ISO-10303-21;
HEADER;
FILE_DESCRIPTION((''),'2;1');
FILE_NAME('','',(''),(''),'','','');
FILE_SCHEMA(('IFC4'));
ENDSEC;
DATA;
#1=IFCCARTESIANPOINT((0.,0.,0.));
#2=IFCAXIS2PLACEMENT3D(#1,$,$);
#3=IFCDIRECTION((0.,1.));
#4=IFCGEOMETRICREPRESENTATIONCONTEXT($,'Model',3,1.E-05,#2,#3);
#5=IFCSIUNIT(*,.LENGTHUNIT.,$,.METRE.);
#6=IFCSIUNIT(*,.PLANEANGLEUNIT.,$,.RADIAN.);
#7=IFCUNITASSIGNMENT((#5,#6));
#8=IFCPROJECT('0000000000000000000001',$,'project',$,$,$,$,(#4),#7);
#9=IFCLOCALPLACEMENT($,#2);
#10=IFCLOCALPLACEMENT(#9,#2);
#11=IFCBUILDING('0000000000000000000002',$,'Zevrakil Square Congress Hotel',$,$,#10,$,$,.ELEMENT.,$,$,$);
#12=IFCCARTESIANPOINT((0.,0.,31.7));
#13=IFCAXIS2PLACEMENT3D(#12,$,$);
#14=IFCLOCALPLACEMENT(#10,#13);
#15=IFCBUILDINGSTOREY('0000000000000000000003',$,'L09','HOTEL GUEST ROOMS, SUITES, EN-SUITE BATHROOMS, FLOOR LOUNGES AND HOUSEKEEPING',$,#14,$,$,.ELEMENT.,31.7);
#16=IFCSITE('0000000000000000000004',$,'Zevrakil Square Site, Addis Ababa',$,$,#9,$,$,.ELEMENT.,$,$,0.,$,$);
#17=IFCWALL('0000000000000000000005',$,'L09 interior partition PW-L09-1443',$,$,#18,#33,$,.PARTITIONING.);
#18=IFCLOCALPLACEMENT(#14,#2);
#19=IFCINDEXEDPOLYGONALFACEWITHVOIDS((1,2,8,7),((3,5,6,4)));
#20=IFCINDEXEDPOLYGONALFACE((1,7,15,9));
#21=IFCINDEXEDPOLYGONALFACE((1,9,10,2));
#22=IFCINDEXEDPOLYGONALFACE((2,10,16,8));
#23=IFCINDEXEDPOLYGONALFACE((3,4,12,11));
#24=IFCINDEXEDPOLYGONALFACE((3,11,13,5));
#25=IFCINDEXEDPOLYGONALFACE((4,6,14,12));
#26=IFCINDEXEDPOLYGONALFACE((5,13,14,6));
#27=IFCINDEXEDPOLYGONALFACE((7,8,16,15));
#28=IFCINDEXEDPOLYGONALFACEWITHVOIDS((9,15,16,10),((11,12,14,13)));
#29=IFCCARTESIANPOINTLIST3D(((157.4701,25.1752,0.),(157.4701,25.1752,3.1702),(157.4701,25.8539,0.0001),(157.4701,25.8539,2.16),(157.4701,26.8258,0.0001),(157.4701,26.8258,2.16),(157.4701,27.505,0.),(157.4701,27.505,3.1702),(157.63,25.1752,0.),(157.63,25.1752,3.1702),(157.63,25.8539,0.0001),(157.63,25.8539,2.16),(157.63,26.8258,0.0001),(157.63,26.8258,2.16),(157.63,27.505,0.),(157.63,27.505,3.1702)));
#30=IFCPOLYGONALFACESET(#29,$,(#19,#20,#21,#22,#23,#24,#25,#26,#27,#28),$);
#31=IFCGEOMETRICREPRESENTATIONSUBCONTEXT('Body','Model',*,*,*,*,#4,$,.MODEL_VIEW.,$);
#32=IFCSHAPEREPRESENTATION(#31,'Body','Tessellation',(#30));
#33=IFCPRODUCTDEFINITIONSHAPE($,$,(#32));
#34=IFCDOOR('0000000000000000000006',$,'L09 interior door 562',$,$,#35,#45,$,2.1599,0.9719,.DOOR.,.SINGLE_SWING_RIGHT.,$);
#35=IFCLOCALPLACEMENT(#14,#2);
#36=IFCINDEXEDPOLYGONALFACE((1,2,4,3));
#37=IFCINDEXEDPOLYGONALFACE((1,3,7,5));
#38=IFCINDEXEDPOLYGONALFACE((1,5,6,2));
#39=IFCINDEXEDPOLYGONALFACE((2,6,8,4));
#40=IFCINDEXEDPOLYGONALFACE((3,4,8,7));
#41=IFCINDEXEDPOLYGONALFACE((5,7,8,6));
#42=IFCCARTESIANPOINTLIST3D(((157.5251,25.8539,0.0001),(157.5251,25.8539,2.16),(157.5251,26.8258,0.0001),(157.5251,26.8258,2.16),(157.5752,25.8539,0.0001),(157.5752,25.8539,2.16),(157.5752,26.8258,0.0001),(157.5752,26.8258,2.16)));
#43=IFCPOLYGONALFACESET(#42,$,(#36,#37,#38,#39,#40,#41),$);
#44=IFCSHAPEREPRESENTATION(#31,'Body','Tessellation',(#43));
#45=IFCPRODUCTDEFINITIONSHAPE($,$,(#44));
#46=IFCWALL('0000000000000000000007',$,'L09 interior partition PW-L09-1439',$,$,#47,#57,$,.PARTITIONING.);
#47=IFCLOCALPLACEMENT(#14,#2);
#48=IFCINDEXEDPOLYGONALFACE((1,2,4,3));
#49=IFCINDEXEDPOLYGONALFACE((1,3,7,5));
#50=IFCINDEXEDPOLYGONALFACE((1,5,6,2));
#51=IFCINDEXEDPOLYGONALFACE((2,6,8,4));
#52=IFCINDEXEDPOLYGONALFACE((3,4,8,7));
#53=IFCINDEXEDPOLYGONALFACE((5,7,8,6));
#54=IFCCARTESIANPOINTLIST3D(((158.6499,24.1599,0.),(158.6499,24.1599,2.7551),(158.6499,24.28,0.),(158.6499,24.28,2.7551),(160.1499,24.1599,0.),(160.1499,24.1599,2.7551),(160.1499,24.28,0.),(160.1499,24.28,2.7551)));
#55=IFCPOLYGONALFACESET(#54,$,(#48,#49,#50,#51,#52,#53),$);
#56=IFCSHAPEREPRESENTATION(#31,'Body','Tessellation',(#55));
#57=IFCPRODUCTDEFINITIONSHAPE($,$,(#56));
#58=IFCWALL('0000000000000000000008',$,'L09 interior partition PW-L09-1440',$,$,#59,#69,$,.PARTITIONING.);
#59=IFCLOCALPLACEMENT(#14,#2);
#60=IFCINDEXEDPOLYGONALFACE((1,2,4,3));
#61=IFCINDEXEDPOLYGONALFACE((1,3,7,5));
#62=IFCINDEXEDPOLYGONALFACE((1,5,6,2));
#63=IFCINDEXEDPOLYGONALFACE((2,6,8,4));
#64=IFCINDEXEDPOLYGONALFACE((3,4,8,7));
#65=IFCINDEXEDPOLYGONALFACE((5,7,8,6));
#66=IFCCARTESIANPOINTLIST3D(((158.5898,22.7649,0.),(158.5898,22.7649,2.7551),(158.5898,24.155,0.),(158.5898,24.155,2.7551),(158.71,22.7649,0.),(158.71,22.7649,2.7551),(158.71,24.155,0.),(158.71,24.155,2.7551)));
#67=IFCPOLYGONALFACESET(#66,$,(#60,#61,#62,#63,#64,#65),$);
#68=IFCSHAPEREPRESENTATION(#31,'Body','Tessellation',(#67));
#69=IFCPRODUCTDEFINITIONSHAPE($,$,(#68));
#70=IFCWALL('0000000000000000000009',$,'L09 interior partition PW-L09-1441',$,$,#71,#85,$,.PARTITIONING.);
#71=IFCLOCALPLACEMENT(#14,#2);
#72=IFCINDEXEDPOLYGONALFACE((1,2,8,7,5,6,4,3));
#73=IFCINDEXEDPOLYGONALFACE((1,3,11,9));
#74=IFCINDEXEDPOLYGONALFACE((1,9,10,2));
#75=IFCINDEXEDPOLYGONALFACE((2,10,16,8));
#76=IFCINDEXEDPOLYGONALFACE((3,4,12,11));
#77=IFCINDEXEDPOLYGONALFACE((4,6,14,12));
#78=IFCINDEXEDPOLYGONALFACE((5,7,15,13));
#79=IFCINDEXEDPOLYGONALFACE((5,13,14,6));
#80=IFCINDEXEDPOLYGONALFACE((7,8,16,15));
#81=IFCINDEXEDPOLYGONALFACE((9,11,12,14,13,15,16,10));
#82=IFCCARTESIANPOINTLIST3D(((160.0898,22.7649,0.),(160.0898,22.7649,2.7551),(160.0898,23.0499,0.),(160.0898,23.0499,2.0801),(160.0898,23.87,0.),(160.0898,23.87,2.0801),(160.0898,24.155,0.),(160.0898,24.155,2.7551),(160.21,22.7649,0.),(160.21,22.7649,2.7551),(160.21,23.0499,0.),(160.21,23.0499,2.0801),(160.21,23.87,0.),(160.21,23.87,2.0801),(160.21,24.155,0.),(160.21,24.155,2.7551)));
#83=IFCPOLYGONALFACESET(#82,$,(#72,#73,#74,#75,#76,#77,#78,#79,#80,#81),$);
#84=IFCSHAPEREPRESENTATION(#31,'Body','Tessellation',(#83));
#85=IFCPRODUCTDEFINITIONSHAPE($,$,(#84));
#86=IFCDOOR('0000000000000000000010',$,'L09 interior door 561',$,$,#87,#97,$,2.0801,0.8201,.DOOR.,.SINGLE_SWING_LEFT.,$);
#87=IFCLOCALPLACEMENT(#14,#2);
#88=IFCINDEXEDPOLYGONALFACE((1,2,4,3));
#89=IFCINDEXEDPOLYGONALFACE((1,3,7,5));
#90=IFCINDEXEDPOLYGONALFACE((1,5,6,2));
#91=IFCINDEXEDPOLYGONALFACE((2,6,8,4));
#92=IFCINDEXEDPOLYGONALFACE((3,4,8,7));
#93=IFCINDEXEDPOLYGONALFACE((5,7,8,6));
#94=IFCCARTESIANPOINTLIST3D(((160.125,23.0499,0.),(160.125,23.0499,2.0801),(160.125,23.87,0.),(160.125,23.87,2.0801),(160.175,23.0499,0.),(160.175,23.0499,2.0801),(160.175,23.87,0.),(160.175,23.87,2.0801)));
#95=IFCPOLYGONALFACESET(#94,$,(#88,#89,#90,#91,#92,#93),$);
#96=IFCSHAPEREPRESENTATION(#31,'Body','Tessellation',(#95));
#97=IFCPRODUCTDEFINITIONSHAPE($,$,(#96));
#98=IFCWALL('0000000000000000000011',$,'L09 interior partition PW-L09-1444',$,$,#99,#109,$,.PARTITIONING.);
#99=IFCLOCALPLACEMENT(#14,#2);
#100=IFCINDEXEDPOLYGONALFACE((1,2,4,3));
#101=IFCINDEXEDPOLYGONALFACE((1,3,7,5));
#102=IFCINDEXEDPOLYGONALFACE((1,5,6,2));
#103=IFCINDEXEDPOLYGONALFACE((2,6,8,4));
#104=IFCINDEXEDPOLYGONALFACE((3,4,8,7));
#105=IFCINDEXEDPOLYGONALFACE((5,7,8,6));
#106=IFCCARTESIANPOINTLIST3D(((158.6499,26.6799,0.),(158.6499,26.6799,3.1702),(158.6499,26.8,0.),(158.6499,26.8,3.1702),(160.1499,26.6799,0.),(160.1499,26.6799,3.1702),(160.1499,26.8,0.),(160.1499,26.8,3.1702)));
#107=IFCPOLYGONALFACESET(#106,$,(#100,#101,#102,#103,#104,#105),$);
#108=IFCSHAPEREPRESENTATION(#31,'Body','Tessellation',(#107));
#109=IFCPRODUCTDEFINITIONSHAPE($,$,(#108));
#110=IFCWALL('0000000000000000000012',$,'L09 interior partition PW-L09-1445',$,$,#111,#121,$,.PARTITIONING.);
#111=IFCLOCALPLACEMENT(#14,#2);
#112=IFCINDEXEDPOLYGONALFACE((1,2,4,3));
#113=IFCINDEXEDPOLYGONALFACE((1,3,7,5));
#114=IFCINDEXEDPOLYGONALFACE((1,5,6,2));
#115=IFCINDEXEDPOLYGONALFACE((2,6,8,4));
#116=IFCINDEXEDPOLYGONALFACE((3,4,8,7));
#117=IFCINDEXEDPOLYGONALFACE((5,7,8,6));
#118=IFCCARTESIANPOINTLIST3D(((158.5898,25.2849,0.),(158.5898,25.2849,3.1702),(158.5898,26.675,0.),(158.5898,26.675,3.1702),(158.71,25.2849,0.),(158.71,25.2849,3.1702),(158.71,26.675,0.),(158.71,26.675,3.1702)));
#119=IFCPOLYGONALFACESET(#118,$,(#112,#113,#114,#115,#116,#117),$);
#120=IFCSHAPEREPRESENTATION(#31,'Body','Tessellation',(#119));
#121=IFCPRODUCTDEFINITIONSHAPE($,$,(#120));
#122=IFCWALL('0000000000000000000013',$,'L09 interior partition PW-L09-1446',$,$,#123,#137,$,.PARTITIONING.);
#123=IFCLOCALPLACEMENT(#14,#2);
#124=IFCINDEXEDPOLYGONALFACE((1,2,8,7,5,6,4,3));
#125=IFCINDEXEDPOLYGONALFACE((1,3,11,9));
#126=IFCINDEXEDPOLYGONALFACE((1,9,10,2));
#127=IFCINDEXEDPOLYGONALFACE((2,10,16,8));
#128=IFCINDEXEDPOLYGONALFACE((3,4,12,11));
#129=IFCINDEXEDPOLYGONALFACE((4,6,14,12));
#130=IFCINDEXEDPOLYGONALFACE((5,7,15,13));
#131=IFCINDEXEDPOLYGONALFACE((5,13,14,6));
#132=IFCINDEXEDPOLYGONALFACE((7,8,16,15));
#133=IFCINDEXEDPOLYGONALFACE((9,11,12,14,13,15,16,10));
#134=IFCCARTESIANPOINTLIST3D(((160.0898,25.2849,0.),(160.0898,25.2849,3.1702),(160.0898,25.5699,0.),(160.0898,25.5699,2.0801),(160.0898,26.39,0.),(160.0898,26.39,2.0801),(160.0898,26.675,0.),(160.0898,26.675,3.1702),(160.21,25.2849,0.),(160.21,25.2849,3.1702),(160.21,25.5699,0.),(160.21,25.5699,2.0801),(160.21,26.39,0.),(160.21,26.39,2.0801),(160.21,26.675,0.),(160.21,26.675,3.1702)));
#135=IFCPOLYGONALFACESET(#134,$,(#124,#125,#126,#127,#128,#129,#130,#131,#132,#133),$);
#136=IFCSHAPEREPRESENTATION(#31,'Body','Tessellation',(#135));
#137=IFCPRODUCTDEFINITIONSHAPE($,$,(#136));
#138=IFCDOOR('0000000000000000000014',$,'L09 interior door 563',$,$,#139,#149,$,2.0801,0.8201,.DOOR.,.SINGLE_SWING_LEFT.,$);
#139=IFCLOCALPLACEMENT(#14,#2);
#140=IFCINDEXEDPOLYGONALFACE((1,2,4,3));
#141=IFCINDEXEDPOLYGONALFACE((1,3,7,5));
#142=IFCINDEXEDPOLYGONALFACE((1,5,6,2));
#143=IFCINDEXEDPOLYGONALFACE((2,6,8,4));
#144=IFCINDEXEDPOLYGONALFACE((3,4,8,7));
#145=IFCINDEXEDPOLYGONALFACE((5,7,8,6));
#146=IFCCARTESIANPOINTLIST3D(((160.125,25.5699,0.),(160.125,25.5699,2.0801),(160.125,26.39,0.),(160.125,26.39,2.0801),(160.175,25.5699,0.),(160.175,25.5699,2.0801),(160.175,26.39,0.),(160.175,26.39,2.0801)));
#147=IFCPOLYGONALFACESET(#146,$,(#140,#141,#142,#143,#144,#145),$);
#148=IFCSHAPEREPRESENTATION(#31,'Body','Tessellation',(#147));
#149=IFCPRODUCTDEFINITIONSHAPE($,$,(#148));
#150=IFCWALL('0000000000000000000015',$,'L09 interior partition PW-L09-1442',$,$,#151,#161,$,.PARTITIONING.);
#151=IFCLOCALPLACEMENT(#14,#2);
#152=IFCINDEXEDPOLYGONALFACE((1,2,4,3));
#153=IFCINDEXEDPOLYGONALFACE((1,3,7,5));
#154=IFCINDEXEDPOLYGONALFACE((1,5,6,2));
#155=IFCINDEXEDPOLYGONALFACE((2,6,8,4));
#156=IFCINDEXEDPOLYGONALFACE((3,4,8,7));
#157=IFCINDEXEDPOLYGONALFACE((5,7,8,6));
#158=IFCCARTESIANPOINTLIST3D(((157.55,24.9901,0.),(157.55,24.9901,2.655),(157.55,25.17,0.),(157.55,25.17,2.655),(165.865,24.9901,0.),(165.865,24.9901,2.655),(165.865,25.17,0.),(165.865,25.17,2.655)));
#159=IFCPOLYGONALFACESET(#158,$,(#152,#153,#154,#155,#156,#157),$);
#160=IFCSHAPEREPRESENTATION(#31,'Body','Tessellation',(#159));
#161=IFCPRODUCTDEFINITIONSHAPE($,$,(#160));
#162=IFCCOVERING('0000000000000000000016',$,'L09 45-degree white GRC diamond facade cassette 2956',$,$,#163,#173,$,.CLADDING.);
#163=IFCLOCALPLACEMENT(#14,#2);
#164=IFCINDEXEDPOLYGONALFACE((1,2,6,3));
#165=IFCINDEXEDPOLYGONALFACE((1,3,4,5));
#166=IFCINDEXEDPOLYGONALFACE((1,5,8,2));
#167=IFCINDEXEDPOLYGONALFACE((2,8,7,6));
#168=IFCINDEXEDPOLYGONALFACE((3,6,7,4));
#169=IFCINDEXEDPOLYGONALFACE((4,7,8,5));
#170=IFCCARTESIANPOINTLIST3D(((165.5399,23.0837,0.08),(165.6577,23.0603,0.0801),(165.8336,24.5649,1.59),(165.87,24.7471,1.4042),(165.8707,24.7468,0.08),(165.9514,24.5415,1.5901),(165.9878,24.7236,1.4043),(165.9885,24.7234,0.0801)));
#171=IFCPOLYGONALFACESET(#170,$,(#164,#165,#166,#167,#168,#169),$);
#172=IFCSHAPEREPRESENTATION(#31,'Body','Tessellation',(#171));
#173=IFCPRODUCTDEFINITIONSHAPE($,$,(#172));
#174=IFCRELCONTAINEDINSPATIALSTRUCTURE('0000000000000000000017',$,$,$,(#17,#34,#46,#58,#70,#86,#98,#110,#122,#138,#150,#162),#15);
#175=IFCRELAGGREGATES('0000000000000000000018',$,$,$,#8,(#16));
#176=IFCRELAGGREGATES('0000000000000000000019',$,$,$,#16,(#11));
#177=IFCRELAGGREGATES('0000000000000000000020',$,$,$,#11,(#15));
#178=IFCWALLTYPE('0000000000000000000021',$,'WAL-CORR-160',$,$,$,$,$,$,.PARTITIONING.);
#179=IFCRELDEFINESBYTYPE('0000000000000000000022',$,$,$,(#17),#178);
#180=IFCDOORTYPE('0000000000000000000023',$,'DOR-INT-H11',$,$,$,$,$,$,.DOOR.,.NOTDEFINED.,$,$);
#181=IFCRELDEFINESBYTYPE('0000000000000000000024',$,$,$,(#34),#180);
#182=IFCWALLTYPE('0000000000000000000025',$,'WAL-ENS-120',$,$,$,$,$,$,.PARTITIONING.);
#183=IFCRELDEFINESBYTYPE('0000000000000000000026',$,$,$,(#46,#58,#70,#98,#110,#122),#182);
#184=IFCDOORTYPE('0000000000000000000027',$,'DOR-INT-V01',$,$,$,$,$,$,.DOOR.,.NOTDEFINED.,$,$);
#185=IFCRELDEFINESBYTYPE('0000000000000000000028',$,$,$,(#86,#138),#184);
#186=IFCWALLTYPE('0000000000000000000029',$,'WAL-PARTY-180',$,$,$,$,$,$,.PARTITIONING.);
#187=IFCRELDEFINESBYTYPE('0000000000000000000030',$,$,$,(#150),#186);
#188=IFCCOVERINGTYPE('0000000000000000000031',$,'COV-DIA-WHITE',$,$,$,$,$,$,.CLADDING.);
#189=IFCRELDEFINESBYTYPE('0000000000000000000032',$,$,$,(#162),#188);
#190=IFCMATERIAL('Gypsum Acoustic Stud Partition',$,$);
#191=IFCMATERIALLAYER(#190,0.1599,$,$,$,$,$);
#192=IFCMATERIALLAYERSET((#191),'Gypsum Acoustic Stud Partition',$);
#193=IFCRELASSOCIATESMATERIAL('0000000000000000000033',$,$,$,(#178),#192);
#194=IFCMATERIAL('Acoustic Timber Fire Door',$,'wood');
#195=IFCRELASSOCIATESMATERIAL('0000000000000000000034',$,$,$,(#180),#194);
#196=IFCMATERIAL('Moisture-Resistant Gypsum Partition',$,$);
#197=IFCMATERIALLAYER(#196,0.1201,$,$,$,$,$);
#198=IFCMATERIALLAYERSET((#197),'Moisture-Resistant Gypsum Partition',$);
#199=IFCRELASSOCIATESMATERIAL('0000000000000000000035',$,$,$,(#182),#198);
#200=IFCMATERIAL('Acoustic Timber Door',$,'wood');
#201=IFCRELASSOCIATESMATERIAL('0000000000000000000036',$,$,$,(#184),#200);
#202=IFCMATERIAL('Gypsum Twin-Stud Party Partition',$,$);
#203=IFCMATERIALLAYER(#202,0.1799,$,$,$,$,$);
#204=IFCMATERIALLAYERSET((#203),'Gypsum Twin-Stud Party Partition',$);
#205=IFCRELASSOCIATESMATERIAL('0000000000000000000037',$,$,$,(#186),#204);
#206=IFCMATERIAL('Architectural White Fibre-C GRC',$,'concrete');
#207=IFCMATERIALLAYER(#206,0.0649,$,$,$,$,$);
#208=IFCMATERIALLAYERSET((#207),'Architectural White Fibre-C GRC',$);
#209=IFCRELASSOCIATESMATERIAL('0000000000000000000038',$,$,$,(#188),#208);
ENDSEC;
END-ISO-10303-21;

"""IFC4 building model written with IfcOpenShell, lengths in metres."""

from ifc_helpers import new_model, si_unit, direction, frame, frame_2d, origin, place, context, subcontext, project, spatial, polyline, rectangle, outline, extrude, material, layer, layer_set, type_object, element, fill, save


model = new_model("IFC4")

# Units and contexts
model_context = context("Model", 3, precision=1e-05, world=origin(), true_north=direction((0.0, 1.0)))
body_context = subcontext(model_context, "Body", "Model", "MODEL_VIEW")
ifc_project = project(units=[si_unit("LENGTHUNIT", "METRE"), si_unit("PLANEANGLEUNIT", "RADIAN")], contexts=[model_context])

# Site, building, storey
site_placement = place(None, origin())
site = spatial("IfcSite", under=ifc_project, at=site_placement, Name="Zevrakil Square Site, Addis Ababa", CompositionType="ELEMENT", RefElevation=0.0)
building_placement = place(site_placement, origin())
building = spatial("IfcBuilding", under=site, at=building_placement, Name="Zevrakil Square Congress Hotel", CompositionType="ELEMENT")
storey_placement = place(building_placement, frame((0.0, 0.0, 31.7)))
storey = spatial("IfcBuildingStorey", under=building, at=storey_placement, Name="L09", Description="HOTEL GUEST ROOMS, SUITES, EN-SUITE BATHROOMS, FLOOR LOUNGES AND HOUSEKEEPING", CompositionType="ELEMENT", Elevation=31.7)

# Wall, opening, door
ifc_material_1 = material(Name="Gypsum Acoustic Stud Partition")
ifc_layer_1 = layer(ifc_material_1, 0.1599)
ifc_layer_set_1 = layer_set([ifc_layer_1], Name="Gypsum Acoustic Stud Partition")
wall_type_1 = type_object("IfcWallType", Name="WAL-CORR-160", PredefinedType="PARTITIONING", material=ifc_layer_set_1)
wall_1_placement = place(storey_placement, frame((157.55, 25.175, 0.0), z_axis=(0.0, 0.0, 1.0), x_axis=(0.0, 1.0, 0.0)))
wall_1 = element("IfcWall", 1, at=wall_1_placement, inside=storey, type_object=wall_type_1, Name="L09 interior partition PW-L09-1443", PredefinedType="PARTITIONING", context=body_context, shape_type="SweptSolid", body=[
    extrude(rectangle(XDim=2.3298, YDim=0.1599, at=frame_2d((1.165, 0.0))), origin(), (0.0, 0.0, 1.0), 3.1702),
])
opening_1_placement = place(wall_1_placement, frame((0.679, 0.0, 0.0)))
opening_1 = element("IfcOpeningElement", 2, at=opening_1_placement, cuts=wall_1, PredefinedType="OPENING", context=body_context, shape_type="SweptSolid", body=[
    extrude(rectangle(XDim=0.9719, YDim=2.1599, at=frame_2d((0.4858, 1.0801))), frame((0.0, 0.0898, 0.0), z_axis=(0.0, -1.0, 0.0), x_axis=(1.0, 0.0, 0.0)), (0.0, 0.0, 1.0), 0.1799),
])
ifc_material_2 = material(Name="Acoustic Timber Fire Door", Category="wood")
door_type_1 = type_object("IfcDoorType", Name="DOR-INT-H11", OperationType="NOTDEFINED", PredefinedType="DOOR", material=ifc_material_2)
door_1_placement = place(opening_1_placement, origin())
door_1 = element("IfcDoor", 3, at=door_1_placement, inside=storey, type_object=door_type_1, Name="L09 interior door 562", OperationType="SINGLE_SWING_RIGHT", OverallHeight=2.1599, OverallWidth=0.9719, PredefinedType="DOOR", context=body_context, shape_type="SweptSolid", body=[
    extrude(rectangle(XDim=0.9719, YDim=2.1599, at=frame_2d((0.4858, 1.0801))), frame((0.0, 0.0249, 0.0), z_axis=(0.0, -1.0, 0.0), x_axis=(1.0, 0.0, 0.0)), (0.0, 0.0, 1.0), 0.05),
])
fill(opening_1, door_1)

# Walls
ifc_material_3 = material(Name="Moisture-Resistant Gypsum Partition")
ifc_layer_2 = layer(ifc_material_3, 0.1201)
ifc_layer_set_2 = layer_set([ifc_layer_2], Name="Moisture-Resistant Gypsum Partition")
wall_type_2 = type_object("IfcWallType", Name="WAL-ENS-120", PredefinedType="PARTITIONING", material=ifc_layer_set_2)
wall_2_placement = place(storey_placement, frame((158.6499, 24.22, 0.0), z_axis=(0.0, 0.0, 1.0), x_axis=(1.0, 0.0, 0.0)))
element("IfcWall", 4, at=wall_2_placement, inside=storey, type_object=wall_type_2, Name="L09 interior partition PW-L09-1439", PredefinedType="PARTITIONING", context=body_context, shape_type="SweptSolid", body=[
    extrude(rectangle(XDim=1.5, YDim=0.1201, at=frame_2d((0.75, 0.0))), origin(), (0.0, 0.0, 1.0), 2.7551),
])
wall_3_placement = place(storey_placement, frame((158.6499, 22.7649, 0.0), z_axis=(0.0, 0.0, 1.0), x_axis=(0.0, 1.0, 0.0)))
element("IfcWall", 5, at=wall_3_placement, inside=storey, type_object=wall_type_2, Name="L09 interior partition PW-L09-1440", PredefinedType="PARTITIONING", context=body_context, shape_type="SweptSolid", body=[
    extrude(rectangle(XDim=1.3901, YDim=0.1201, at=frame_2d((0.6951, 0.0))), origin(), (0.0, 0.0, 1.0), 2.7551),
])

# Wall, opening, door
wall_4_placement = place(storey_placement, frame((160.1499, 22.7649, 0.0), z_axis=(0.0, 0.0, 1.0), x_axis=(0.0, 1.0, 0.0)))
wall_4 = element("IfcWall", 6, at=wall_4_placement, inside=storey, type_object=wall_type_2, Name="L09 interior partition PW-L09-1441", PredefinedType="PARTITIONING", context=body_context, shape_type="SweptSolid", body=[
    extrude(rectangle(XDim=1.3901, YDim=0.1201, at=frame_2d((0.6951, 0.0))), origin(), (0.0, 0.0, 1.0), 2.7551),
])
opening_2_placement = place(wall_4_placement, frame((0.2849, 0.0, 0.0)))
opening_2 = element("IfcOpeningElement", 7, at=opening_2_placement, cuts=wall_4, PredefinedType="OPENING", context=body_context, shape_type="SweptSolid", body=[
    extrude(rectangle(XDim=0.8201, YDim=2.0801, at=frame_2d((0.4102, 1.04))), frame((0.0, 0.0701, 0.0), z_axis=(0.0, -1.0, 0.0), x_axis=(1.0, 0.0, 0.0)), (0.0, 0.0, 1.0), 0.1401),
])
ifc_material_4 = material(Name="Acoustic Timber Door", Category="wood")
door_type_2 = type_object("IfcDoorType", Name="DOR-INT-V01", OperationType="NOTDEFINED", PredefinedType="DOOR", material=ifc_material_4)
door_2_placement = place(opening_2_placement, origin())
door_2 = element("IfcDoor", 8, at=door_2_placement, inside=storey, type_object=door_type_2, Name="L09 interior door 561", OperationType="SINGLE_SWING_LEFT", OverallHeight=2.0801, OverallWidth=0.8201, PredefinedType="DOOR", context=body_context, shape_type="SweptSolid", body=[
    extrude(rectangle(XDim=0.8201, YDim=2.0801, at=frame_2d((0.4102, 1.04))), frame((0.0, 0.0249, 0.0), z_axis=(0.0, -1.0, 0.0), x_axis=(1.0, 0.0, 0.0)), (0.0, 0.0, 1.0), 0.05),
])
fill(opening_2, door_2)

# Walls
wall_5_placement = place(storey_placement, frame((158.6499, 26.74, 0.0), z_axis=(0.0, 0.0, 1.0), x_axis=(1.0, 0.0, 0.0)))
element("IfcWall", 9, at=wall_5_placement, inside=storey, type_object=wall_type_2, Name="L09 interior partition PW-L09-1444", PredefinedType="PARTITIONING", context=body_context, shape_type="SweptSolid", body=[
    extrude(rectangle(XDim=1.5, YDim=0.1201, at=frame_2d((0.75, 0.0))), origin(), (0.0, 0.0, 1.0), 3.1702),
])
wall_6_placement = place(storey_placement, frame((158.6499, 25.2849, 0.0), z_axis=(0.0, 0.0, 1.0), x_axis=(0.0, 1.0, 0.0)))
element("IfcWall", 10, at=wall_6_placement, inside=storey, type_object=wall_type_2, Name="L09 interior partition PW-L09-1445", PredefinedType="PARTITIONING", context=body_context, shape_type="SweptSolid", body=[
    extrude(rectangle(XDim=1.3901, YDim=0.1201, at=frame_2d((0.6951, 0.0))), origin(), (0.0, 0.0, 1.0), 3.1702),
])

# Wall, opening, door
wall_7_placement = place(storey_placement, frame((160.1499, 25.2849, 0.0), z_axis=(0.0, 0.0, 1.0), x_axis=(0.0, 1.0, 0.0)))
wall_7 = element("IfcWall", 11, at=wall_7_placement, inside=storey, type_object=wall_type_2, Name="L09 interior partition PW-L09-1446", PredefinedType="PARTITIONING", context=body_context, shape_type="SweptSolid", body=[
    extrude(rectangle(XDim=1.3901, YDim=0.1201, at=frame_2d((0.6951, 0.0))), origin(), (0.0, 0.0, 1.0), 3.1702),
])
opening_3_placement = place(wall_7_placement, frame((0.2849, 0.0, 0.0)))
opening_3 = element("IfcOpeningElement", 12, at=opening_3_placement, cuts=wall_7, PredefinedType="OPENING", context=body_context, shape_type="SweptSolid", body=[
    extrude(rectangle(XDim=0.8201, YDim=2.0801, at=frame_2d((0.4102, 1.04))), frame((0.0, 0.0701, 0.0), z_axis=(0.0, -1.0, 0.0), x_axis=(1.0, 0.0, 0.0)), (0.0, 0.0, 1.0), 0.1401),
])
door_3_placement = place(opening_3_placement, origin())
door_3 = element("IfcDoor", 13, at=door_3_placement, inside=storey, type_object=door_type_2, Name="L09 interior door 563", OperationType="SINGLE_SWING_LEFT", OverallHeight=2.0801, OverallWidth=0.8201, PredefinedType="DOOR", context=body_context, shape_type="SweptSolid", body=[
    extrude(rectangle(XDim=0.8201, YDim=2.0801, at=frame_2d((0.4102, 1.04))), frame((0.0, 0.0249, 0.0), z_axis=(0.0, -1.0, 0.0), x_axis=(1.0, 0.0, 0.0)), (0.0, 0.0, 1.0), 0.05),
])
fill(opening_3, door_3)

# Wall
ifc_material_5 = material(Name="Gypsum Twin-Stud Party Partition")
ifc_layer_3 = layer(ifc_material_5, 0.1799)
ifc_layer_set_3 = layer_set([ifc_layer_3], Name="Gypsum Twin-Stud Party Partition")
wall_type_3 = type_object("IfcWallType", Name="WAL-PARTY-180", PredefinedType="PARTITIONING", material=ifc_layer_set_3)
wall_8_placement = place(storey_placement, frame((157.55, 25.0801, 0.0), z_axis=(0.0, 0.0, 1.0), x_axis=(1.0, 0.0, 0.0)))
element("IfcWall", 14, at=wall_8_placement, inside=storey, type_object=wall_type_3, Name="L09 interior partition PW-L09-1442", PredefinedType="PARTITIONING", context=body_context, shape_type="SweptSolid", body=[
    extrude(rectangle(XDim=8.3149, YDim=0.1799, at=frame_2d((4.1575, 0.0))), origin(), (0.0, 0.0, 1.0), 2.655),
])

# Covering
ifc_material_6 = material(Name="Architectural White Fibre-C GRC", Category="concrete")
ifc_layer_4 = layer(ifc_material_6, 0.0649)
ifc_layer_set_4 = layer_set([ifc_layer_4], Name="Architectural White Fibre-C GRC")
covering_type_1 = type_object("IfcCoveringType", Name="COV-DIA-WHITE", PredefinedType="CLADDING", material=ifc_layer_set_4)
covering_1_placement = place(storey_placement, frame((165.9514, 24.5415, 1.5901), z_axis=(0.980781, -0.195109, 0.000602), x_axis=(0.138357, 0.693313, -0.70723)))
element("IfcCovering", 15, at=covering_1_placement, inside=storey, type_object=covering_type_1, Name="L09 45-degree white GRC diamond facade cassette 2956", PredefinedType="CLADDING", context=body_context, shape_type="SweptSolid", body=[
    extrude(outline(polyline([(0.0, 0.0), (0.2627, 0.0), (1.1992, -0.9363), (0.0004, -2.1355), (0.0, 0.0)])), origin(), (0.0, 0.0, -1.0), 0.1201),
])

save(model, "model.ifc")
